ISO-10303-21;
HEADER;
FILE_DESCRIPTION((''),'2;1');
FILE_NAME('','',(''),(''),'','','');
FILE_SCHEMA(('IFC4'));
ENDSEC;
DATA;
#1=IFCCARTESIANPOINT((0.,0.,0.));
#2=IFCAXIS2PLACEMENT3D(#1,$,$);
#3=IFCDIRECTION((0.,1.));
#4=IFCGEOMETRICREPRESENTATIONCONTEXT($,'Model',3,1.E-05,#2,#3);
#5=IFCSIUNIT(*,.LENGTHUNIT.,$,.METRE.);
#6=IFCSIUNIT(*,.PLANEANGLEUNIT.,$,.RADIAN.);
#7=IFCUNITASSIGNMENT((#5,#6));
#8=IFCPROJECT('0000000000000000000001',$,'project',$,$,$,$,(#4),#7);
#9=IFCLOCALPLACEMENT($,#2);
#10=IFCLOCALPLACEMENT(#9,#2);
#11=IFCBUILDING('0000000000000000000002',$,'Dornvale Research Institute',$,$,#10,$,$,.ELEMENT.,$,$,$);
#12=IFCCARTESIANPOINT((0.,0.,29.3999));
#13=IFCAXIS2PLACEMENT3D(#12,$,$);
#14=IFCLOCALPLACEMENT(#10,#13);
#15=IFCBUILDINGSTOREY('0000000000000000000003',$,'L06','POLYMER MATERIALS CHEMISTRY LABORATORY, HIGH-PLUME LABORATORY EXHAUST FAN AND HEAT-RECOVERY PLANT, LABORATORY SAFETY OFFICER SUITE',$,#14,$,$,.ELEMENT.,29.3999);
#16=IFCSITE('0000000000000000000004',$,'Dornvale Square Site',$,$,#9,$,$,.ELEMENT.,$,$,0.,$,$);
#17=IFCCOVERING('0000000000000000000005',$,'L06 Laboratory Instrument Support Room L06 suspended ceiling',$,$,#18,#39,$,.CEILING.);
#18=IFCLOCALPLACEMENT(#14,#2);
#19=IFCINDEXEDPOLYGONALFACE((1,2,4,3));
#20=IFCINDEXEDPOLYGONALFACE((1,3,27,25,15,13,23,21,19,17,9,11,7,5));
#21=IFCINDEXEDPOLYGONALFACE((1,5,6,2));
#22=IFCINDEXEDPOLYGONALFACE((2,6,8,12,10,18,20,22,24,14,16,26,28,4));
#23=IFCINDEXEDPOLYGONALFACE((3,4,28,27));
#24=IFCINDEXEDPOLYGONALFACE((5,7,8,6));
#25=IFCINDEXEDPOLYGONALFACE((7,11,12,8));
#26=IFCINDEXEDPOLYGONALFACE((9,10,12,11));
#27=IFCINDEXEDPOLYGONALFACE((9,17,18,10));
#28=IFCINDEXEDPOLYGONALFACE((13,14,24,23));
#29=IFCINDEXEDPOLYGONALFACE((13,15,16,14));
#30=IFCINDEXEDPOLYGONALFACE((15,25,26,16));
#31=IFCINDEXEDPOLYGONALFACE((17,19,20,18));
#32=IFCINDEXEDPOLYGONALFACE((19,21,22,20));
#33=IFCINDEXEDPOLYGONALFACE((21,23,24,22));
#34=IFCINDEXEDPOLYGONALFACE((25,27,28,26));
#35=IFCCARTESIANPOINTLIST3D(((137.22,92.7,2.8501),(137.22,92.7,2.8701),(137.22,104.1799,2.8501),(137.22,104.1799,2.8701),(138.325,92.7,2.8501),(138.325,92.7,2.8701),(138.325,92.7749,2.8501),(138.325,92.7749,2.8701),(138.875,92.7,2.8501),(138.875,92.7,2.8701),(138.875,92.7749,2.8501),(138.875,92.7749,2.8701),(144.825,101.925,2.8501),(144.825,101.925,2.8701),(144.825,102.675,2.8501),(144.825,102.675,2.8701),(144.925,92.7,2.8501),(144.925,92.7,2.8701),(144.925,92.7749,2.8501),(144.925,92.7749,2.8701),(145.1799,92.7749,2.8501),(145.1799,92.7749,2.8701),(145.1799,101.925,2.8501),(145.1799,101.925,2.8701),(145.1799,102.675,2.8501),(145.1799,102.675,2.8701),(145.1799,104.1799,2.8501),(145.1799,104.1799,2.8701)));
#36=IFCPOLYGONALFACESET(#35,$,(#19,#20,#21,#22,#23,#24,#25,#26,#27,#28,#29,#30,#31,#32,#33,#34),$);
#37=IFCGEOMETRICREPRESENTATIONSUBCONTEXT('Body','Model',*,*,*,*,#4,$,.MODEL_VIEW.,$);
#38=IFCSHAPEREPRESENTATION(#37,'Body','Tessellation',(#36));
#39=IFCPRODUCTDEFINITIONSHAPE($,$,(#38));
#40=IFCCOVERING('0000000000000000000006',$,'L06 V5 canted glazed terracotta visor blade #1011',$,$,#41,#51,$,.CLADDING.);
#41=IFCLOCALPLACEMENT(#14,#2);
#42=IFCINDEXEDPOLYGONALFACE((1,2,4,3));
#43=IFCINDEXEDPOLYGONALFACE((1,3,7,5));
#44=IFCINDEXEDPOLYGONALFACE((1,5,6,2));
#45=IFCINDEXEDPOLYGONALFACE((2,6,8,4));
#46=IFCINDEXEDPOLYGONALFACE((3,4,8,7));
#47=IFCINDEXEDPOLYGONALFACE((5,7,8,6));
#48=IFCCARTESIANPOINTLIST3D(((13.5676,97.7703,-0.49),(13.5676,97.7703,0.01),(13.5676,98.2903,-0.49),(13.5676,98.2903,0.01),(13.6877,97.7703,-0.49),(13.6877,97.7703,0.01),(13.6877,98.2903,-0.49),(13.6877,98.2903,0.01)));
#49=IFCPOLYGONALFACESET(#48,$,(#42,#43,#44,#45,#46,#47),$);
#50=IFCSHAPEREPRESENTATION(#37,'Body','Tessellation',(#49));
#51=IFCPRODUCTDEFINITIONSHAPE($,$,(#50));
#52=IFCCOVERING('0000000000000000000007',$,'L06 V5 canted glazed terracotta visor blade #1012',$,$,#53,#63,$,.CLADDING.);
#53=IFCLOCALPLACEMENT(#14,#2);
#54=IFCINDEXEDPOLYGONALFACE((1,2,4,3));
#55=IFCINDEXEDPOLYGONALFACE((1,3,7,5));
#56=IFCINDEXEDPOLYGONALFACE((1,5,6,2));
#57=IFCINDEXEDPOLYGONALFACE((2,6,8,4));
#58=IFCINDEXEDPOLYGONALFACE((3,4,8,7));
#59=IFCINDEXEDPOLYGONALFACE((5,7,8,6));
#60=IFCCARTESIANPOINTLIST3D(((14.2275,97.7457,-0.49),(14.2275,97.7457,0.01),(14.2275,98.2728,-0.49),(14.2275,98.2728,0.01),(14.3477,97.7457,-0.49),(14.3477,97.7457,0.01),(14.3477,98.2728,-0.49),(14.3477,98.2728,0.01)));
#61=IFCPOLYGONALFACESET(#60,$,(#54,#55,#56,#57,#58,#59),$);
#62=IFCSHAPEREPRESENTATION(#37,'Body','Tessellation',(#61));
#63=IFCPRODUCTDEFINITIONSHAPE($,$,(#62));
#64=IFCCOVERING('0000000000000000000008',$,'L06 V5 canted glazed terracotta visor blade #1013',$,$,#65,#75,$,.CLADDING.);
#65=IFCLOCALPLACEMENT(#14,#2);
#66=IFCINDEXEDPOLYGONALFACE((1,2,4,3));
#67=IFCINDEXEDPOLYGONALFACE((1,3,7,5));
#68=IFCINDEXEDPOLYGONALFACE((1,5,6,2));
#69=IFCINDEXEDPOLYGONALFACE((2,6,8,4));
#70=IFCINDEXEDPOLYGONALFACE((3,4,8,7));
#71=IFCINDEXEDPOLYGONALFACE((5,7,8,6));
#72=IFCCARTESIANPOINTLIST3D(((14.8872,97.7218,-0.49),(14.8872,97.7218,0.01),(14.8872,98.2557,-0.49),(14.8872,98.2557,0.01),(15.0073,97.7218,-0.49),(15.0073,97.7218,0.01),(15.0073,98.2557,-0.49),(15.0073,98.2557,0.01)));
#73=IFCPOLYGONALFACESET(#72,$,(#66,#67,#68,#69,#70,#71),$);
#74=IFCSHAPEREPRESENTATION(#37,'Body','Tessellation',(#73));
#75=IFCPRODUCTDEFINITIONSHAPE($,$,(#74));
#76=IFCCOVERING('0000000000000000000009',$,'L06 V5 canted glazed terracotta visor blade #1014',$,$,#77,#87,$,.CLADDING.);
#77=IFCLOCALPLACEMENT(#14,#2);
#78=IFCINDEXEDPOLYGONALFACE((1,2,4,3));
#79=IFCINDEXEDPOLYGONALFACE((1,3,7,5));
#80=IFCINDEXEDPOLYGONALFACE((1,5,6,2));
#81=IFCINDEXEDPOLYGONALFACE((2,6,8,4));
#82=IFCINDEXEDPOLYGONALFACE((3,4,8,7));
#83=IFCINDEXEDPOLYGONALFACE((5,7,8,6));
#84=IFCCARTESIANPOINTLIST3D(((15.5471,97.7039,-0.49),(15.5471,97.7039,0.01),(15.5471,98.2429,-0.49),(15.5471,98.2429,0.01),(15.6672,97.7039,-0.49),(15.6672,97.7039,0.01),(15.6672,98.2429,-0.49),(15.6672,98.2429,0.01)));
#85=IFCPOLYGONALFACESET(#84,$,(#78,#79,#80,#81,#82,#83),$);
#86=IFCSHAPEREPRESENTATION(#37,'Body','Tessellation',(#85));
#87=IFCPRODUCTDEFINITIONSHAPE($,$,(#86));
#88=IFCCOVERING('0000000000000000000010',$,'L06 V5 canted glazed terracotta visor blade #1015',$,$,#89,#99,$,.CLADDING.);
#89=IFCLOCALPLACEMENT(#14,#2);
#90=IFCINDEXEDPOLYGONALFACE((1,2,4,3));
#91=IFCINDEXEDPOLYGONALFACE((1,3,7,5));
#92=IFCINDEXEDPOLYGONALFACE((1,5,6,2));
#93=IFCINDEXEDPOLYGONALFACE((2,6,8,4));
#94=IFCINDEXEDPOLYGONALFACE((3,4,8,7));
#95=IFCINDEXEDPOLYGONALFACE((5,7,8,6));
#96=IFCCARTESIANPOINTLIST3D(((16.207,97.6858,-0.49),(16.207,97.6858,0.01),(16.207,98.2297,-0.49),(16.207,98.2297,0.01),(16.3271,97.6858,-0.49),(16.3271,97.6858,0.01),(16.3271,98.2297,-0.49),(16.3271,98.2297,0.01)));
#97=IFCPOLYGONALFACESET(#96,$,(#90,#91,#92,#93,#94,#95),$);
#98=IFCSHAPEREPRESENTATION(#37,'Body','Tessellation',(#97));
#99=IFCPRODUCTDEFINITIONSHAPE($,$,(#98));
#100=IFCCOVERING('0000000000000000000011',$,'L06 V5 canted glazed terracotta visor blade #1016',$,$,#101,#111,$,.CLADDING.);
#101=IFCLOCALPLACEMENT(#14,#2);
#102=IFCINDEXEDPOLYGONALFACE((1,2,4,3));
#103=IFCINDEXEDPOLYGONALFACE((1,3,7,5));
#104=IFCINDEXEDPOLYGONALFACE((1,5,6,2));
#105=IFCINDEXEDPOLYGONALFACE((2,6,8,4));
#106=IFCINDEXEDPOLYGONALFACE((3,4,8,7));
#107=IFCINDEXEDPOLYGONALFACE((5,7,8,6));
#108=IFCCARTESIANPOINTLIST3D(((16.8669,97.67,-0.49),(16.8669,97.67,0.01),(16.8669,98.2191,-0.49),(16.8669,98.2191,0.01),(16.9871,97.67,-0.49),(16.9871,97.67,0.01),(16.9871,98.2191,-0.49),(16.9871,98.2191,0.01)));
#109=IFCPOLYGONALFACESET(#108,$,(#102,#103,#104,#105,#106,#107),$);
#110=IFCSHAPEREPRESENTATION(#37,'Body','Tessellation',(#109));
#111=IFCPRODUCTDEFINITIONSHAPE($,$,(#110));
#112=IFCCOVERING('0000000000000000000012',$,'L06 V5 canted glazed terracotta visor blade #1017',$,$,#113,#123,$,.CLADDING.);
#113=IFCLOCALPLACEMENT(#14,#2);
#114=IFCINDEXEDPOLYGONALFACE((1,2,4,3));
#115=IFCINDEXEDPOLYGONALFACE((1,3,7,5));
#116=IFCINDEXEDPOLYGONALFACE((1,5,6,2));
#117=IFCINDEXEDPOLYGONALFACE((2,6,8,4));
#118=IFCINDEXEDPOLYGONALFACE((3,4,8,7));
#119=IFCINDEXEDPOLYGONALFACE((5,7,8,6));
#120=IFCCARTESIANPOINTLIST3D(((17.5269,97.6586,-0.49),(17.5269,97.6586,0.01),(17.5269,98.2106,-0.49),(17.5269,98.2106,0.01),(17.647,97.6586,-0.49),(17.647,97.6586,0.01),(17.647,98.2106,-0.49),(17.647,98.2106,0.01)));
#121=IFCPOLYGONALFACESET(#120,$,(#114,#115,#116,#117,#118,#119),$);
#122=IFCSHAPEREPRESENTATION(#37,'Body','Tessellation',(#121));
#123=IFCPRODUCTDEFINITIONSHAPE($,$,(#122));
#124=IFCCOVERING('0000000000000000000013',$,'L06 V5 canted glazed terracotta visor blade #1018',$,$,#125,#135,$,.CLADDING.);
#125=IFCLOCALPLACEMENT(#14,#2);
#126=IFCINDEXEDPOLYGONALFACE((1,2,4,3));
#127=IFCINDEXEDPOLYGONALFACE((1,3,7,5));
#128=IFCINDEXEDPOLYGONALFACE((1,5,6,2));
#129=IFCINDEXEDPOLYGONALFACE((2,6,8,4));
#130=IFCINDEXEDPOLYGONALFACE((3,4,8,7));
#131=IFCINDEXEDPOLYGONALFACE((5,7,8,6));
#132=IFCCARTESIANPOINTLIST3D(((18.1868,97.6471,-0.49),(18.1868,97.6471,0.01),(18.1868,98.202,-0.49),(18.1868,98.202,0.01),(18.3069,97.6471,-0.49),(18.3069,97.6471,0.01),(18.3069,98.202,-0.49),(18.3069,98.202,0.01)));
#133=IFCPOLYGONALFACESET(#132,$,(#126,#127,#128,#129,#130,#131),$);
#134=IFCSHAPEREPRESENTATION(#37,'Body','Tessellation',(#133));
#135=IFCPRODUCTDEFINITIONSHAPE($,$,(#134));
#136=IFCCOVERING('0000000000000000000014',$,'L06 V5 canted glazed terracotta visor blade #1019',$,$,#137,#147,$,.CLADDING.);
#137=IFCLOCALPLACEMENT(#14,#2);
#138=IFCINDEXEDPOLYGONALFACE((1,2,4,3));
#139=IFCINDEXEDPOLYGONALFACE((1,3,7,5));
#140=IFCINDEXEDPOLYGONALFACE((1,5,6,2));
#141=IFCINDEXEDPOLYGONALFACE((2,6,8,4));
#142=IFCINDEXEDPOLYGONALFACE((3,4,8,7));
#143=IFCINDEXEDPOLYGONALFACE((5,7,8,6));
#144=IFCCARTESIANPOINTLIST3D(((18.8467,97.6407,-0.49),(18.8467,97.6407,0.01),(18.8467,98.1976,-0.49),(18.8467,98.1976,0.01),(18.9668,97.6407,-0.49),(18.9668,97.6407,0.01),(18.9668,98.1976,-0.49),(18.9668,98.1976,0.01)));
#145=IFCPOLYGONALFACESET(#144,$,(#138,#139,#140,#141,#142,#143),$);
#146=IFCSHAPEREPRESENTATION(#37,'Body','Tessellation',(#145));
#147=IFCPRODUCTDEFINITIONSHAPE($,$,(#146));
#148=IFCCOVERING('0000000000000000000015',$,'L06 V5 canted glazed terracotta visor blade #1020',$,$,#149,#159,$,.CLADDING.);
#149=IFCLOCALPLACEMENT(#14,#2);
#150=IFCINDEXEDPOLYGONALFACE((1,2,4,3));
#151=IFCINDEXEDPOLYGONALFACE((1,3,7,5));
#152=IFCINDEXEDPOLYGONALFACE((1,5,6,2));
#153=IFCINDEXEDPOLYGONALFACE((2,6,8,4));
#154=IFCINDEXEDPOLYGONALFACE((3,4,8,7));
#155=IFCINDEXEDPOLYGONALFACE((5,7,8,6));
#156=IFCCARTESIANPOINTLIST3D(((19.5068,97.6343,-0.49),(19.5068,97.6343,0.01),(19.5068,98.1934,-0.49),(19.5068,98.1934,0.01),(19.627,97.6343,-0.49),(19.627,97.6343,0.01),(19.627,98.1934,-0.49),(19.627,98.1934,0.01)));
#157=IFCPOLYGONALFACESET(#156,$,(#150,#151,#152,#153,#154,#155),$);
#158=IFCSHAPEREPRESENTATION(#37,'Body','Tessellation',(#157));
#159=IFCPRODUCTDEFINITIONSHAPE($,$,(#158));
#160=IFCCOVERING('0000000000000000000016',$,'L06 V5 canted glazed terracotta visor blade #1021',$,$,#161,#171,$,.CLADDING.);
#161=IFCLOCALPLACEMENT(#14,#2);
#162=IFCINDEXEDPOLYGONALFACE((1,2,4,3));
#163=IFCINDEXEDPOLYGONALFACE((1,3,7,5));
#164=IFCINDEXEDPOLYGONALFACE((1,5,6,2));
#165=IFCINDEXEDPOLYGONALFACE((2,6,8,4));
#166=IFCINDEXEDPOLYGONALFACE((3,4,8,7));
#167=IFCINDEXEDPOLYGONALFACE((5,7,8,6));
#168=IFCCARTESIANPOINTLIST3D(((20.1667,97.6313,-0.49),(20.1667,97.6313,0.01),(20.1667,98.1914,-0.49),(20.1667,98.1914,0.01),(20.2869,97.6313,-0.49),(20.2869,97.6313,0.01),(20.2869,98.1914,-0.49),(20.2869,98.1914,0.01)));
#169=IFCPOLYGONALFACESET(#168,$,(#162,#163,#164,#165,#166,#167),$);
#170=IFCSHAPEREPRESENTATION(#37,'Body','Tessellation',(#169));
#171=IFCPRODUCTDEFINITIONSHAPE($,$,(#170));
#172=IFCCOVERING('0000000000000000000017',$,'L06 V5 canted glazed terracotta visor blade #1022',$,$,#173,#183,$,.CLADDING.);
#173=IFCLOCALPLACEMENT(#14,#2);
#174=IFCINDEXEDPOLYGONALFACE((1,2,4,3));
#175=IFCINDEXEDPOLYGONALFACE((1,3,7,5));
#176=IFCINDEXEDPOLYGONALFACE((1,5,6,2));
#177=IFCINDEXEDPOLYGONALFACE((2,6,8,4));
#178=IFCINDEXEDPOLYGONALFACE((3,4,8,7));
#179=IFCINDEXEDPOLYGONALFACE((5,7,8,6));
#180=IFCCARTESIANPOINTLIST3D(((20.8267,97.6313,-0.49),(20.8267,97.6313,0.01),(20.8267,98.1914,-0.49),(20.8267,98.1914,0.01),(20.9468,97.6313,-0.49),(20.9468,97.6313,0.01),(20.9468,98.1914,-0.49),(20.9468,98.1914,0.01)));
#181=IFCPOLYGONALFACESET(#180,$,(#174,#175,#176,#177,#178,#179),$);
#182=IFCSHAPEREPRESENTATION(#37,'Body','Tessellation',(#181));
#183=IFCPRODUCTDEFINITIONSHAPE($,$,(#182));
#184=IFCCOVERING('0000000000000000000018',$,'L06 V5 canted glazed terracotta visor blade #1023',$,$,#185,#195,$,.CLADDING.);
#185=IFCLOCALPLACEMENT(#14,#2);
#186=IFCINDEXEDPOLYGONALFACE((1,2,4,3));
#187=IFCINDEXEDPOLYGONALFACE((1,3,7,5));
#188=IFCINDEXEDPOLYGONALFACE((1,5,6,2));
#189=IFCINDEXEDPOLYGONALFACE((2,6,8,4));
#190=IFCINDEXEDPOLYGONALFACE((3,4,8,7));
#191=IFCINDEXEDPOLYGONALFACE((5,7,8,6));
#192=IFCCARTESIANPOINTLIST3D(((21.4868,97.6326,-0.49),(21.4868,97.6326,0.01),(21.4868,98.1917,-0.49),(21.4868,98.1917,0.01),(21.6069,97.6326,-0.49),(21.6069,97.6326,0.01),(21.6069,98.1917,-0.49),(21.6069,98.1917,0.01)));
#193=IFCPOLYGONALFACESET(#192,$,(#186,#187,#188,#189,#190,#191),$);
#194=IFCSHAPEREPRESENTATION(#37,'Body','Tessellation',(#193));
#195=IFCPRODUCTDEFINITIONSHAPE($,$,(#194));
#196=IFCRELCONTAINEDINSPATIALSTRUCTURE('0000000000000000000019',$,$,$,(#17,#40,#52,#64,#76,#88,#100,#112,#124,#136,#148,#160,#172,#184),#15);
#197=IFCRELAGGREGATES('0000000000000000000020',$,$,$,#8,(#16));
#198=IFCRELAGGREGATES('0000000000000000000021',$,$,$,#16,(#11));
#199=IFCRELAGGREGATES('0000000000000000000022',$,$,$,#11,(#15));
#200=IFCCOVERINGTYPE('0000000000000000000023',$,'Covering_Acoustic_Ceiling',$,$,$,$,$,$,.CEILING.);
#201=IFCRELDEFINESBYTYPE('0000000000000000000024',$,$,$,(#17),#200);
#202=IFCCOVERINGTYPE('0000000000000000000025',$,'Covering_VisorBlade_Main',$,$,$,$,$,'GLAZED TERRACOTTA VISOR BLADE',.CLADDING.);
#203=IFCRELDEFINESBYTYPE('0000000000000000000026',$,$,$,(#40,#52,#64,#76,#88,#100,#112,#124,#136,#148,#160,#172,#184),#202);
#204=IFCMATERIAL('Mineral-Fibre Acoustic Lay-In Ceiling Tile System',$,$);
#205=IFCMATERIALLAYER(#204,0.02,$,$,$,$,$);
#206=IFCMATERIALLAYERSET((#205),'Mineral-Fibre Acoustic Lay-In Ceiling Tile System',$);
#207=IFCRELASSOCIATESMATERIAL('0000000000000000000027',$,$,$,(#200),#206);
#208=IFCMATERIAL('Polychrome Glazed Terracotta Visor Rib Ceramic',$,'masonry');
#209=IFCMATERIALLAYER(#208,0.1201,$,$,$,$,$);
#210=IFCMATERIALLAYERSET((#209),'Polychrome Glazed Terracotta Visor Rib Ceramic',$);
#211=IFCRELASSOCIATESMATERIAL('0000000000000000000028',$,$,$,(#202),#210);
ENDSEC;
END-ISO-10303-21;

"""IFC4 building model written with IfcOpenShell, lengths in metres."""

from ifc_helpers import new_model, si_unit, direction, frame, origin, origin_2d, place, context, subcontext, project, spatial, polyline, rectangle, outline, extrude, material, layer, layer_set, type_object, element, save


model = new_model("IFC4")

# Units and contexts
model_context = context("Model", 3, precision=1e-05, world=origin(), true_north=direction((0.0, 1.0)))
body_context = subcontext(model_context, "Body", "Model", "MODEL_VIEW")
ifc_project = project(units=[si_unit("LENGTHUNIT", "METRE"), si_unit("PLANEANGLEUNIT", "RADIAN")], contexts=[model_context])

# Site, building, storey
site_placement = place(None, origin())
site = spatial("IfcSite", under=ifc_project, at=site_placement, Name="Dornvale Square Site", CompositionType="ELEMENT", RefElevation=0.0)
building_placement = place(site_placement, origin())
building = spatial("IfcBuilding", under=site, at=building_placement, Name="Dornvale Research Institute", CompositionType="ELEMENT")
storey_placement = place(building_placement, frame((0.0, 0.0, 29.3999)))
storey = spatial("IfcBuildingStorey", under=building, at=storey_placement, Name="L06", Description="POLYMER MATERIALS CHEMISTRY LABORATORY, HIGH-PLUME LABORATORY EXHAUST FAN AND HEAT-RECOVERY PLANT, LABORATORY SAFETY OFFICER SUITE", CompositionType="ELEMENT", Elevation=29.3999)

# Coverings
ifc_material_1 = material(Name="Mineral-Fibre Acoustic Lay-In Ceiling Tile System")
ifc_layer_1 = layer(ifc_material_1, 0.02)
ifc_layer_set_1 = layer_set([ifc_layer_1], Name="Mineral-Fibre Acoustic Lay-In Ceiling Tile System")
covering_type_1 = type_object("IfcCoveringType", Name="Covering_Acoustic_Ceiling", PredefinedType="CEILING", material=ifc_layer_set_1)
covering_1_placement = place(storey_placement, frame((0.0, 0.0, 2.8501)))
element("IfcCovering", 1, at=covering_1_placement, inside=storey, type_object=covering_type_1, Name="L06 Laboratory Instrument Support Room L06 suspended ceiling", PredefinedType="CEILING", context=body_context, shape_type="SweptSolid", body=[
    extrude(outline(polyline([(145.1799, 104.1799), (145.1799, 102.675), (144.825, 102.675), (144.825, 101.925), (145.1799, 101.925), (145.1799, 92.7749), (144.925, 92.7749), (144.925, 92.7), (138.875, 92.7), (138.875, 92.7749), (138.325, 92.7749), (138.325, 92.7), (137.22, 92.7), (137.22, 104.1799), (145.1799, 104.1799)])), origin(), (0.0, 0.0, 1.0), 0.02),
])
ifc_material_2 = material(Name="Polychrome Glazed Terracotta Visor Rib Ceramic", Category="masonry")
ifc_layer_2 = layer(ifc_material_2, 0.1201)
ifc_layer_set_2 = layer_set([ifc_layer_2], Name="Polychrome Glazed Terracotta Visor Rib Ceramic")
covering_type_2 = type_object("IfcCoveringType", Name="Covering_VisorBlade_Main", ElementType="GLAZED TERRACOTTA VISOR BLADE", PredefinedType="CLADDING", material=ifc_layer_set_2)
covering_2_placement = place(storey_placement, frame((13.6277, 98.0303, -0.49), z_axis=(0.0, 0.0, 1.0), x_axis=(0.0, 1.0, 0.0)))
element("IfcCovering", 2, at=covering_2_placement, inside=storey, type_object=covering_type_2, Name="L06 V5 canted glazed terracotta visor blade #1011", PredefinedType="CLADDING", context=body_context, shape_type="SweptSolid", body=[
    extrude(rectangle(XDim=0.52, YDim=0.1201, at=origin_2d()), origin(), (0.0, 0.0, 1.0), 0.5),
])
covering_3_placement = place(storey_placement, frame((14.2876, 98.0093, -0.49), z_axis=(0.0, 0.0, 1.0), x_axis=(0.0, 1.0, 0.0)))
element("IfcCovering", 3, at=covering_3_placement, inside=storey, type_object=covering_type_2, Name="L06 V5 canted glazed terracotta visor blade #1012", PredefinedType="CLADDING", context=body_context, shape_type="SweptSolid", body=[
    extrude(rectangle(XDim=0.5271, YDim=0.1201, at=origin_2d()), origin(), (0.0, 0.0, 1.0), 0.5),
])
covering_4_placement = place(storey_placement, frame((14.9473, 97.9888, -0.49), z_axis=(0.0, 0.0, 1.0), x_axis=(0.0, 1.0, 0.0)))
element("IfcCovering", 4, at=covering_4_placement, inside=storey, type_object=covering_type_2, Name="L06 V5 canted glazed terracotta visor blade #1013", PredefinedType="CLADDING", context=body_context, shape_type="SweptSolid", body=[
    extrude(rectangle(XDim=0.5339, YDim=0.1201, at=origin_2d()), origin(), (0.0, 0.0, 1.0), 0.5),
])
covering_5_placement = place(storey_placement, frame((15.6072, 97.9734, -0.49), z_axis=(0.0, 0.0, 1.0), x_axis=(0.0, 1.0, 0.0)))
element("IfcCovering", 5, at=covering_5_placement, inside=storey, type_object=covering_type_2, Name="L06 V5 canted glazed terracotta visor blade #1014", PredefinedType="CLADDING", context=body_context, shape_type="SweptSolid", body=[
    extrude(rectangle(XDim=0.5391, YDim=0.1201, at=origin_2d()), origin(), (0.0, 0.0, 1.0), 0.5),
])
covering_6_placement = place(storey_placement, frame((16.2671, 97.9578, -0.49), z_axis=(0.0, 0.0, 1.0), x_axis=(0.0, 1.0, 0.0)))
element("IfcCovering", 6, at=covering_6_placement, inside=storey, type_object=covering_type_2, Name="L06 V5 canted glazed terracotta visor blade #1015", PredefinedType="CLADDING", context=body_context, shape_type="SweptSolid", body=[
    extrude(rectangle(XDim=0.5439, YDim=0.1201, at=origin_2d()), origin(), (0.0, 0.0, 1.0), 0.5),
])
covering_7_placement = place(storey_placement, frame((16.927, 97.9446, -0.49), z_axis=(0.0, 0.0, 1.0), x_axis=(0.0, 1.0, 0.0)))
element("IfcCovering", 7, at=covering_7_placement, inside=storey, type_object=covering_type_2, Name="L06 V5 canted glazed terracotta visor blade #1016", PredefinedType="CLADDING", context=body_context, shape_type="SweptSolid", body=[
    extrude(rectangle(XDim=0.5491, YDim=0.1201, at=origin_2d()), origin(), (0.0, 0.0, 1.0), 0.5),
])
covering_8_placement = place(storey_placement, frame((17.5869, 97.9346, -0.49), z_axis=(0.0, 0.0, 1.0), x_axis=(0.0, 1.0, 0.0)))
element("IfcCovering", 8, at=covering_8_placement, inside=storey, type_object=covering_type_2, Name="L06 V5 canted glazed terracotta visor blade #1017", PredefinedType="CLADDING", context=body_context, shape_type="SweptSolid", body=[
    extrude(rectangle(XDim=0.552, YDim=0.1201, at=origin_2d()), origin(), (0.0, 0.0, 1.0), 0.5),
])
covering_9_placement = place(storey_placement, frame((18.2468, 97.9246, -0.49), z_axis=(0.0, 0.0, 1.0), x_axis=(0.0, 1.0, 0.0)))
element("IfcCovering", 9, at=covering_9_placement, inside=storey, type_object=covering_type_2, Name="L06 V5 canted glazed terracotta visor blade #1018", PredefinedType="CLADDING", context=body_context, shape_type="SweptSolid", body=[
    extrude(rectangle(XDim=0.5549, YDim=0.1201, at=origin_2d()), origin(), (0.0, 0.0, 1.0), 0.5),
])
covering_10_placement = place(storey_placement, frame((18.9067, 97.9192, -0.49), z_axis=(0.0, 0.0, 1.0), x_axis=(0.0, 1.0, 0.0)))
element("IfcCovering", 10, at=covering_10_placement, inside=storey, type_object=covering_type_2, Name="L06 V5 canted glazed terracotta visor blade #1019", PredefinedType="CLADDING", context=body_context, shape_type="SweptSolid", body=[
    extrude(rectangle(XDim=0.5569, YDim=0.1201, at=origin_2d()), origin(), (0.0, 0.0, 1.0), 0.5),
])
covering_11_placement = place(storey_placement, frame((19.5669, 97.9138, -0.49), z_axis=(0.0, 0.0, 1.0), x_axis=(0.0, 1.0, 0.0)))
element("IfcCovering", 11, at=covering_11_placement, inside=storey, type_object=covering_type_2, Name="L06 V5 canted glazed terracotta visor blade #1020", PredefinedType="CLADDING", context=body_context, shape_type="SweptSolid", body=[
    extrude(rectangle(XDim=0.5591, YDim=0.1201, at=origin_2d()), origin(), (0.0, 0.0, 1.0), 0.5),
])
for number, where, z_axis, x_axis, name in (
    (12, (20.2268, 97.9114, -0.49), (0.0, 0.0, 1.0), (0.0, 1.0, 0.0), "L06 V5 canted glazed terracotta visor blade #1021"),
    (13, (20.8867, 97.9114, -0.49), (0.0, 0.0, 1.0), (0.0, 1.0, 0.0), "L06 V5 canted glazed terracotta visor blade #1022"),
):
    element("IfcCovering", number, at=place(storey_placement, frame(where, z_axis=z_axis, x_axis=x_axis)), inside=storey, type_object=covering_type_2, Name=name, PredefinedType="CLADDING", context=body_context, shape_type="SweptSolid", body=[
        extrude(rectangle(XDim=0.5601, YDim=0.1201, at=origin_2d()), origin(), (0.0, 0.0, 1.0), 0.5),
    ])
covering_12_placement = place(storey_placement, frame((21.5469, 97.9121, -0.49), z_axis=(0.0, 0.0, 1.0), x_axis=(0.0, 1.0, 0.0)))
element("IfcCovering", 14, at=covering_12_placement, inside=storey, type_object=covering_type_2, Name="L06 V5 canted glazed terracotta visor blade #1023", PredefinedType="CLADDING", context=body_context, shape_type="SweptSolid", body=[
    extrude(rectangle(XDim=0.5591, YDim=0.1201, at=origin_2d()), origin(), (0.0, 0.0, 1.0), 0.5),
])

save(model, "model.ifc")
